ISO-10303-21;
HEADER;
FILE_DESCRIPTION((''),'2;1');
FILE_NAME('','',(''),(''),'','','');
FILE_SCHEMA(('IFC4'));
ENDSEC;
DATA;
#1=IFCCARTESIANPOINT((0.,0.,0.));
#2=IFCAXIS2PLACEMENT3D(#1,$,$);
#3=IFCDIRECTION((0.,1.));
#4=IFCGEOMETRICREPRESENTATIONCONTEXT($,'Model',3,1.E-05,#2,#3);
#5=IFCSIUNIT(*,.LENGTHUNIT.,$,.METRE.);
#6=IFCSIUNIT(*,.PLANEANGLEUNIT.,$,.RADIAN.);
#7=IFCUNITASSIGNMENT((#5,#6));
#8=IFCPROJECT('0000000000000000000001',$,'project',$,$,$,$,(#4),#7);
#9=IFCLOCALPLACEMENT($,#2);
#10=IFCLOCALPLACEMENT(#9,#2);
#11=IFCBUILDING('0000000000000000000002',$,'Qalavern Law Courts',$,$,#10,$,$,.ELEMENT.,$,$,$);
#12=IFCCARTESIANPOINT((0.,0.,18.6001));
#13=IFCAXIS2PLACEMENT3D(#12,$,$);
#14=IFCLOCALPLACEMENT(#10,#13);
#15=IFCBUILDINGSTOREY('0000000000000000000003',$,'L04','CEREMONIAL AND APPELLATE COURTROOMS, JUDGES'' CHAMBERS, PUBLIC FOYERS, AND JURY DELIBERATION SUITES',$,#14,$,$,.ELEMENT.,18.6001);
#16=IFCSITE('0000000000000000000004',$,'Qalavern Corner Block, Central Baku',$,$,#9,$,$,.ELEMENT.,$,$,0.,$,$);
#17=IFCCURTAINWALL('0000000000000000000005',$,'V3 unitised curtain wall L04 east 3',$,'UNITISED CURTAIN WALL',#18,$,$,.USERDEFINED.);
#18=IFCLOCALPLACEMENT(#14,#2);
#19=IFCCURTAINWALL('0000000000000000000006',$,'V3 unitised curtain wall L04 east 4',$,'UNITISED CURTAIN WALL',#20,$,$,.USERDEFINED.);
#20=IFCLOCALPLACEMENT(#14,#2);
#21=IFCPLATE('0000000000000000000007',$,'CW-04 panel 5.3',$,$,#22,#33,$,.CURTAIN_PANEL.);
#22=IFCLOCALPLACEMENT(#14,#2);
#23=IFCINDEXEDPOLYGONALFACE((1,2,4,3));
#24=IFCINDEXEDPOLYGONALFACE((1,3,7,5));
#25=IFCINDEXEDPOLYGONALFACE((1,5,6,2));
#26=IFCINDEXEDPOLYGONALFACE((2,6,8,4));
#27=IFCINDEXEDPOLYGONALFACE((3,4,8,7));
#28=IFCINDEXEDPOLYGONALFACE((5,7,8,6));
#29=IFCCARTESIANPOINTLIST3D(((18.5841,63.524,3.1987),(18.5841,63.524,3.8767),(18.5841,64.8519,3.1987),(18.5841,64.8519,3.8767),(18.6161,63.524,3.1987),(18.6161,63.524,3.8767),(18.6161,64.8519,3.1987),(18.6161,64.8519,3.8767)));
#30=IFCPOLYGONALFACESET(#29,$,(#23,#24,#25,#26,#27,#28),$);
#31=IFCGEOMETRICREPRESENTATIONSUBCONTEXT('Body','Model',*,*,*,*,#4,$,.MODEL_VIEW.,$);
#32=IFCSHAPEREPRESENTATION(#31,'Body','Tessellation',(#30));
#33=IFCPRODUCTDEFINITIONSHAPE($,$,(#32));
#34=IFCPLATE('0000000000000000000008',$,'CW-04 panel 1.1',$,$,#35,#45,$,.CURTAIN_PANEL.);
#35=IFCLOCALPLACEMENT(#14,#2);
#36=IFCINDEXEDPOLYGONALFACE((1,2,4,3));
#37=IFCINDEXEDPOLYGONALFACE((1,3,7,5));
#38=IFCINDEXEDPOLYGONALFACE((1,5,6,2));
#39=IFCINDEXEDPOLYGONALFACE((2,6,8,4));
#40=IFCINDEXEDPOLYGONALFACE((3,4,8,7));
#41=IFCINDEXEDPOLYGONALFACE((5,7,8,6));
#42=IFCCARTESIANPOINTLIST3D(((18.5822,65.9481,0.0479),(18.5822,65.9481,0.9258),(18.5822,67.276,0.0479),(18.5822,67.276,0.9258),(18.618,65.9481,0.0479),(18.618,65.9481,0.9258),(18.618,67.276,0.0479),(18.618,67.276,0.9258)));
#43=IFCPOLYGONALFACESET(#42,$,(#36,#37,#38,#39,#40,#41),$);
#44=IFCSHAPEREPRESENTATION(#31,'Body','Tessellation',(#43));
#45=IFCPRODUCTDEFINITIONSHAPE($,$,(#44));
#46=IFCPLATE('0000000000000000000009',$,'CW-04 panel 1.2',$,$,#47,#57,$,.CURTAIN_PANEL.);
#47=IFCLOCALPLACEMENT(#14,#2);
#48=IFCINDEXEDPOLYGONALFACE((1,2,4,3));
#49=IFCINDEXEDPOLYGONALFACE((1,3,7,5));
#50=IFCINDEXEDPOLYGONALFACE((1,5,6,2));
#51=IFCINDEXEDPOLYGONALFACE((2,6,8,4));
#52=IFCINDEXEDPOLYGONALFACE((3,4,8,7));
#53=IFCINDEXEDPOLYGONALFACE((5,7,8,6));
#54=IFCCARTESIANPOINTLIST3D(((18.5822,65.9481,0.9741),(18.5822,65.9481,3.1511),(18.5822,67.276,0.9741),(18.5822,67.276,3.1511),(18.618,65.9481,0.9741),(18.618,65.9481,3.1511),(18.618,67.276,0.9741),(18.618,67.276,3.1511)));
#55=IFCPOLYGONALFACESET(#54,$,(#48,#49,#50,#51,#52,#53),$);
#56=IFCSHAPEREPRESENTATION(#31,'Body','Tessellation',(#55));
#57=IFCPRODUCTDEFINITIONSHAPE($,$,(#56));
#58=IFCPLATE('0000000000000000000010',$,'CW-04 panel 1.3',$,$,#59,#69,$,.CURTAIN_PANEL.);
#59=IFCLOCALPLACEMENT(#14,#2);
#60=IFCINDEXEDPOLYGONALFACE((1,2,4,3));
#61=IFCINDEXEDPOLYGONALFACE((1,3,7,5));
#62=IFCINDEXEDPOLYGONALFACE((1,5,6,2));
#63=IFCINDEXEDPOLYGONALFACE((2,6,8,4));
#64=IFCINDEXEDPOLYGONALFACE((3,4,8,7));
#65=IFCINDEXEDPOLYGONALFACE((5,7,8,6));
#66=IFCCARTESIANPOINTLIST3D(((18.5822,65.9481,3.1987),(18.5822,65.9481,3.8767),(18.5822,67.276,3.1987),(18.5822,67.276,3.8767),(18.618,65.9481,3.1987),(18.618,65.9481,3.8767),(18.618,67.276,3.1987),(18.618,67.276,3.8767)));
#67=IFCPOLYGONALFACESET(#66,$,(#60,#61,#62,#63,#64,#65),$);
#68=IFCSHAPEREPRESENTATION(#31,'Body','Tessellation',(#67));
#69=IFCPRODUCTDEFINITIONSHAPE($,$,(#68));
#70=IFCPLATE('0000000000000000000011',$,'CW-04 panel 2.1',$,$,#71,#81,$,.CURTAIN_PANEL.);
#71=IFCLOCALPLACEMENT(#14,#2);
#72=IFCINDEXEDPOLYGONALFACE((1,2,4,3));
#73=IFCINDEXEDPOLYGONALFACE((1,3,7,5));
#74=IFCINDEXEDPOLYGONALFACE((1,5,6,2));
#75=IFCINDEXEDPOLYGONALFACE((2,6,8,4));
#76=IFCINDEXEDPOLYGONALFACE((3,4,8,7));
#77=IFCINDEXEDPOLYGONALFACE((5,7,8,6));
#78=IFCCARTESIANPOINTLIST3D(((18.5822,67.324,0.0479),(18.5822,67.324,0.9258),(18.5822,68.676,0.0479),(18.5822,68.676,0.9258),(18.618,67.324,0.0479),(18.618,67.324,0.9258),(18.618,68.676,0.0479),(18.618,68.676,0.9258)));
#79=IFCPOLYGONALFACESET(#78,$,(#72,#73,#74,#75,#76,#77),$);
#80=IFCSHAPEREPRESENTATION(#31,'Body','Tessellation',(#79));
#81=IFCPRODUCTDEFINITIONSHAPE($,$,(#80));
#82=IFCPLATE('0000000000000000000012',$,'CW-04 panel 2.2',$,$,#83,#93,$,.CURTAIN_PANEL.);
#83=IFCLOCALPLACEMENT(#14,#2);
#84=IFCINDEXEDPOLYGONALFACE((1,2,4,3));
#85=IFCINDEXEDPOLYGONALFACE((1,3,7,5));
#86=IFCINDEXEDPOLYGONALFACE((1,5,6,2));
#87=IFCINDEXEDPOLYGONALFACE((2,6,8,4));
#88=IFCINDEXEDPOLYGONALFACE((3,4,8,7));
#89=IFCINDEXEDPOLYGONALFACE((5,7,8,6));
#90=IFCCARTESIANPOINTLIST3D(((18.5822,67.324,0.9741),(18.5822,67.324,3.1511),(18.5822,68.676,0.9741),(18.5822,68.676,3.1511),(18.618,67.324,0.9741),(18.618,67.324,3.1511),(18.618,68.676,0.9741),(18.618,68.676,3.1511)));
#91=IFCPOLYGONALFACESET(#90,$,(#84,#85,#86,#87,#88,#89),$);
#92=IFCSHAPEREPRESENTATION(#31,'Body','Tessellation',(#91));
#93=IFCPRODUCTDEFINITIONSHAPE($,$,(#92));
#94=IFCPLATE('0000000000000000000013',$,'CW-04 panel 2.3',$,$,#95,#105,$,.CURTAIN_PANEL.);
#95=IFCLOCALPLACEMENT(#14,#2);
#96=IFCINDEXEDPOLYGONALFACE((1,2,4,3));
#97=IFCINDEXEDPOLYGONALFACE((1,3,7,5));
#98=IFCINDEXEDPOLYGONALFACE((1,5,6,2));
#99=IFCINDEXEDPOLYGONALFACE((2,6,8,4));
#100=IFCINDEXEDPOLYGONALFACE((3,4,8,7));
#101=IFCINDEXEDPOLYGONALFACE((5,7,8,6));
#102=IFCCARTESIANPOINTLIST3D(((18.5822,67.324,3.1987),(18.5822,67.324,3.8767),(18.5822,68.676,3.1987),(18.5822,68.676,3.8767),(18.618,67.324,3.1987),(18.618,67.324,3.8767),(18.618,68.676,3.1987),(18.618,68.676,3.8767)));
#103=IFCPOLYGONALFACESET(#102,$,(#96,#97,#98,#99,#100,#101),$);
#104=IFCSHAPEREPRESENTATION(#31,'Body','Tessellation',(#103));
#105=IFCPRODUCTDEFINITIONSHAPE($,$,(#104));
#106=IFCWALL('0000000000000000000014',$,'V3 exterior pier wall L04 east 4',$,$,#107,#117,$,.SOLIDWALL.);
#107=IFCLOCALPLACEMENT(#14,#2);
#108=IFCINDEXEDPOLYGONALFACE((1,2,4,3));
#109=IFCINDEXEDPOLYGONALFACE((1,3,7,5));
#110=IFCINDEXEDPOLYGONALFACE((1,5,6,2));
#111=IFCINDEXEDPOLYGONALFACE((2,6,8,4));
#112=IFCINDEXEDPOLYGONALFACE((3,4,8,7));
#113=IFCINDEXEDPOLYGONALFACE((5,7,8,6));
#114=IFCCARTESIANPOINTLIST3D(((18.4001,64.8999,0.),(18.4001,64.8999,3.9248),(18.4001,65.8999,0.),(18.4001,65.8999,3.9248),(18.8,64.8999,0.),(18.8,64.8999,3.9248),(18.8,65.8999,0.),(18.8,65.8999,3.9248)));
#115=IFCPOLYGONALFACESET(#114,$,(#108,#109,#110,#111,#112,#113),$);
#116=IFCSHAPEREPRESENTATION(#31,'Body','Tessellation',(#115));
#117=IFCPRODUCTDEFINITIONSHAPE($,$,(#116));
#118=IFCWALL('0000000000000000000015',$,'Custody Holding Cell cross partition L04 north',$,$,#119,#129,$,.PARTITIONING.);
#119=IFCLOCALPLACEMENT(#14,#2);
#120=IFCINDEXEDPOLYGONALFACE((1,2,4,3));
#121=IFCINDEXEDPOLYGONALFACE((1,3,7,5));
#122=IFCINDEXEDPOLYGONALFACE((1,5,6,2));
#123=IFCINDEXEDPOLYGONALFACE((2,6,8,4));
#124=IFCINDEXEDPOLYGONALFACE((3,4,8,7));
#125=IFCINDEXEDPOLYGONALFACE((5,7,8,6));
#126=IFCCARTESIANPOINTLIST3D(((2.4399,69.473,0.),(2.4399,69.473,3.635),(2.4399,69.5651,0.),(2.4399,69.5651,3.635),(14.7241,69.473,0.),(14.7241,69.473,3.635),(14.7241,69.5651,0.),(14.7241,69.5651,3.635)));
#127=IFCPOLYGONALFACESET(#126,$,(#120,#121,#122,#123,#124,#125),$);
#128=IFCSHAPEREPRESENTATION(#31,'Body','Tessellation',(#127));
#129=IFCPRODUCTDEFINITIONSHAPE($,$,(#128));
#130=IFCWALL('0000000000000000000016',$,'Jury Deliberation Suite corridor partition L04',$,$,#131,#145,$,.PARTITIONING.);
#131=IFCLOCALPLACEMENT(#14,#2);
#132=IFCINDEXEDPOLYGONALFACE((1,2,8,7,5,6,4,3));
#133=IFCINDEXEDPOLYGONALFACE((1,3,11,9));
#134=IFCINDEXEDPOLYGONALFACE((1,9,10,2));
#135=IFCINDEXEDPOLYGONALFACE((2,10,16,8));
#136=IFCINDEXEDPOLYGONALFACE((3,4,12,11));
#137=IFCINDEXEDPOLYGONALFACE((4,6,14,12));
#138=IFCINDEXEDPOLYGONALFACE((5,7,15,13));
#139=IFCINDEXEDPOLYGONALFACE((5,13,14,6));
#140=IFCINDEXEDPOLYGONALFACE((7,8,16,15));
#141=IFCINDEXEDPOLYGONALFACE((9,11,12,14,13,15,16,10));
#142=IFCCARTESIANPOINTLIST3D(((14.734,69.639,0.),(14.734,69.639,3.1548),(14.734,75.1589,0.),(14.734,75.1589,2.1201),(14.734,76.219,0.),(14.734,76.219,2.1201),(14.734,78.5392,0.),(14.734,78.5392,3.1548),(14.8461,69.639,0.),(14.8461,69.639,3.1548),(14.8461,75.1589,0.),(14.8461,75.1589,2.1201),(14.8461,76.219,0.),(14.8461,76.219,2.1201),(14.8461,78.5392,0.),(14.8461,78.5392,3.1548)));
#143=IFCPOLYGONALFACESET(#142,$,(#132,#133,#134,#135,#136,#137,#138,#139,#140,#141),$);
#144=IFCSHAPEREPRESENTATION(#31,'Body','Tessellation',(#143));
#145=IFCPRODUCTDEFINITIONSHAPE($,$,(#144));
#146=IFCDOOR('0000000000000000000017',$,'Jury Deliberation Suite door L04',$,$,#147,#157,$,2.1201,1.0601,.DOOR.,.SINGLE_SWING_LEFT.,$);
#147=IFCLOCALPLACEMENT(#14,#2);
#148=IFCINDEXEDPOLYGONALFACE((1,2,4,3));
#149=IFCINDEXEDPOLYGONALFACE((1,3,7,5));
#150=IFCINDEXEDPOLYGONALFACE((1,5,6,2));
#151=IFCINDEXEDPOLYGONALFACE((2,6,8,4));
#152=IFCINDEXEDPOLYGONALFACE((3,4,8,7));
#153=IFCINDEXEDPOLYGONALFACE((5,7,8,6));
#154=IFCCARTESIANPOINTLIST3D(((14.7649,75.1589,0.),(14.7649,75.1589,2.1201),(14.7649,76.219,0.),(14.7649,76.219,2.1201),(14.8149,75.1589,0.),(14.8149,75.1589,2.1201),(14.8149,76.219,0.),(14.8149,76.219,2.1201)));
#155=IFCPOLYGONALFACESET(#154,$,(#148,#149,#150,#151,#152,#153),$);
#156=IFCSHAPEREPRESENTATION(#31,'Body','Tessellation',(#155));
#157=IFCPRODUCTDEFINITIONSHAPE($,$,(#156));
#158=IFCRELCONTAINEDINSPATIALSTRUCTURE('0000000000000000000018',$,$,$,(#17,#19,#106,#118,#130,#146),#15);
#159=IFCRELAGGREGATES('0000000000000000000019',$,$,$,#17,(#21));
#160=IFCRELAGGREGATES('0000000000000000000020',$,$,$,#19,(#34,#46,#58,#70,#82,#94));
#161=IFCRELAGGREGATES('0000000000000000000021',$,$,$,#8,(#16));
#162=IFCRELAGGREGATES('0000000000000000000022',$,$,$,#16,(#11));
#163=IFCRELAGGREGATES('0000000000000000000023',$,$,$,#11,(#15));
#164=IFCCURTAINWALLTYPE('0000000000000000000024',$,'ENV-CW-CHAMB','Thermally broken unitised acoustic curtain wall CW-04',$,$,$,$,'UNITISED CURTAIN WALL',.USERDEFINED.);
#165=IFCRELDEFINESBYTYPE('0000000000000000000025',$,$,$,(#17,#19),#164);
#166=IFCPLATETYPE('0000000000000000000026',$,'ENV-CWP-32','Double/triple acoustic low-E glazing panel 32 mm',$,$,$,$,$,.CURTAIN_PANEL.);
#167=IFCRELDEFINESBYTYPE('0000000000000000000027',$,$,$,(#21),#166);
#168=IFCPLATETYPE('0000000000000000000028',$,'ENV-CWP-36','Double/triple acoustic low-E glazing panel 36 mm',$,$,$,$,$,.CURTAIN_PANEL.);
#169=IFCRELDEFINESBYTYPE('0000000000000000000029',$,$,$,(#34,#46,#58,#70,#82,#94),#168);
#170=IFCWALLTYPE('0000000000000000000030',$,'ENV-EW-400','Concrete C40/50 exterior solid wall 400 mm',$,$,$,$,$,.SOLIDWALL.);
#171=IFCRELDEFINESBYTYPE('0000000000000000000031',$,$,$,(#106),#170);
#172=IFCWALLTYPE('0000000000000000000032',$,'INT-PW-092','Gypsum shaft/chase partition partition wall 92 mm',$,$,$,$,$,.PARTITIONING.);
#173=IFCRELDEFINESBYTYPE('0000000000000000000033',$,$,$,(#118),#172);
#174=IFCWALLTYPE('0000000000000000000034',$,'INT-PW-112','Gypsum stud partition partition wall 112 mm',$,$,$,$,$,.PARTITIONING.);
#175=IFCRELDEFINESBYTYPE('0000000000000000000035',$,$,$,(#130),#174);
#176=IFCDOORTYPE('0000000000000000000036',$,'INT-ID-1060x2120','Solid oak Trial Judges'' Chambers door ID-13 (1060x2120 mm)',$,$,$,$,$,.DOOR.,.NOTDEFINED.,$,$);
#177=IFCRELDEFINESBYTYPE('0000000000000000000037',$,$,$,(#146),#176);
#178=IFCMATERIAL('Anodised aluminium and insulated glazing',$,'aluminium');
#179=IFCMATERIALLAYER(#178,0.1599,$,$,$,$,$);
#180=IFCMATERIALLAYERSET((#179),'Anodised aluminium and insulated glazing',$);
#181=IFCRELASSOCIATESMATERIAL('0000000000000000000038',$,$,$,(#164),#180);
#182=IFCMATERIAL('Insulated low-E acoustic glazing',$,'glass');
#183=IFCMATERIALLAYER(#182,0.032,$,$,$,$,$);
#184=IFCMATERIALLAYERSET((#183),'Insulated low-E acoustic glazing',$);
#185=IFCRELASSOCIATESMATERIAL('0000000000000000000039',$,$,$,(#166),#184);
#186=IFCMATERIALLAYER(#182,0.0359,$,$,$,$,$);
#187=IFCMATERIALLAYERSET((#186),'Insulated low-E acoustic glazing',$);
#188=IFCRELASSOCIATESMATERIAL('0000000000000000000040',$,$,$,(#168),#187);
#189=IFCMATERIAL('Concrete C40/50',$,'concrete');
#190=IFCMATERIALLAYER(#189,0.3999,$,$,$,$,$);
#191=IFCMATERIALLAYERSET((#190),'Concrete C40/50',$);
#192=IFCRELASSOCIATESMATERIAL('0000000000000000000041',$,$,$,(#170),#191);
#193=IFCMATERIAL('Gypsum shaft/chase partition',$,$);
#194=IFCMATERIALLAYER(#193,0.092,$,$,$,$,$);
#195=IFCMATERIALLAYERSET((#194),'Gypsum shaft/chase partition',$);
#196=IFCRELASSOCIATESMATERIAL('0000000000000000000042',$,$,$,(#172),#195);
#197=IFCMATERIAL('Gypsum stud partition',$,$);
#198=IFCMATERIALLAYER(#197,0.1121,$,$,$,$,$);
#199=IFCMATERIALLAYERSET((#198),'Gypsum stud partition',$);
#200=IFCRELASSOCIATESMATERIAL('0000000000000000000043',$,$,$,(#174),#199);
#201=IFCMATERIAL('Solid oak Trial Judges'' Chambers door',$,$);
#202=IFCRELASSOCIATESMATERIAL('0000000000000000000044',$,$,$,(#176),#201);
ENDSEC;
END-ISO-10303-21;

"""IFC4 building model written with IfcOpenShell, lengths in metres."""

from ifc_helpers import new_model, si_unit, direction, frame, frame_2d, origin, origin_2d, place, context, subcontext, project, spatial, rectangle, extrude, material, layer, layer_set, type_object, element, fill, aggregate, save


model = new_model("IFC4")

# Units and contexts
model_context = context("Model", 3, precision=1e-05, world=origin(), true_north=direction((0.0, 1.0)))
body_context = subcontext(model_context, "Body", "Model", "MODEL_VIEW")
ifc_project = project(units=[si_unit("LENGTHUNIT", "METRE"), si_unit("PLANEANGLEUNIT", "RADIAN")], contexts=[model_context])

# Site, building, storey
site_placement = place(None, origin())
site = spatial("IfcSite", under=ifc_project, at=site_placement, Name="Qalavern Corner Block, Central Baku", CompositionType="ELEMENT", RefElevation=0.0)
building_placement = place(site_placement, origin())
building = spatial("IfcBuilding", under=site, at=building_placement, Name="Qalavern Law Courts", CompositionType="ELEMENT")
storey_placement = place(building_placement, frame((0.0, 0.0, 18.6001)))
storey = spatial("IfcBuildingStorey", under=building, at=storey_placement, Name="L04", Description="CEREMONIAL AND APPELLATE COURTROOMS, JUDGES' CHAMBERS, PUBLIC FOYERS, AND JURY DELIBERATION SUITES", CompositionType="ELEMENT", Elevation=18.6001)

# Curtain wall
ifc_material_1 = material(Name="Anodised aluminium and insulated glazing", Category="aluminium")
ifc_layer_1 = layer(ifc_material_1, 0.1599)
ifc_layer_set_1 = layer_set([ifc_layer_1], Name="Anodised aluminium and insulated glazing")
curtain_wall_type = type_object("IfcCurtainWallType", Name="ENV-CW-CHAMB", Description="Thermally broken unitised acoustic curtain wall CW-04", ElementType="UNITISED CURTAIN WALL", PredefinedType="USERDEFINED", material=ifc_layer_set_1)
curtain_wall_1_placement = place(storey_placement, origin())
curtain_wall_1 = element("IfcCurtainWall", 1, at=curtain_wall_1_placement, inside=storey, type_object=curtain_wall_type, Name="V3 unitised curtain wall L04 east 3", ObjectType="UNITISED CURTAIN WALL", PredefinedType="USERDEFINED")

# Curtain wall
curtain_wall_2_placement = place(storey_placement, origin())
curtain_wall_2 = element("IfcCurtainWall", 2, at=curtain_wall_2_placement, inside=storey, type_object=curtain_wall_type, Name="V3 unitised curtain wall L04 east 4", ObjectType="UNITISED CURTAIN WALL", PredefinedType="USERDEFINED")

# Shared definitions
ifc_material_2 = material(Name="Concrete C40/50", Category="concrete")

# Plates
ifc_material_3 = material(Name="Insulated low-E acoustic glazing", Category="glass")
ifc_layer_2 = layer(ifc_material_3, 0.032)
ifc_layer_set_2 = layer_set([ifc_layer_2], Name="Insulated low-E acoustic glazing")
plate_type_1 = type_object("IfcPlateType", Name="ENV-CWP-32", Description="Double/triple acoustic low-E glazing panel 32 mm", PredefinedType="CURTAIN_PANEL", material=ifc_layer_set_2)
plate_1_placement = place(storey_placement, frame((18.6001, 64.188, 3.1987), z_axis=(0.0, 0.0, 1.0), x_axis=(0.0, 1.0, 0.0)))
plate_1 = element("IfcPlate", 3, at=plate_1_placement, type_object=plate_type_1, Name="CW-04 panel 5.3", PredefinedType="CURTAIN_PANEL", context=body_context, shape_type="SweptSolid", body=[
    extrude(rectangle(XDim=1.3279, YDim=0.032, at=origin_2d()), origin(), (0.0, 0.0, 1.0), 0.678),
])
aggregate(curtain_wall_1, [plate_1])
ifc_layer_3 = layer(ifc_material_3, 0.0359)
ifc_layer_set_3 = layer_set([ifc_layer_3], Name="Insulated low-E acoustic glazing")
plate_type_2 = type_object("IfcPlateType", Name="ENV-CWP-36", Description="Double/triple acoustic low-E glazing panel 36 mm", PredefinedType="CURTAIN_PANEL", material=ifc_layer_set_3)
plate_2_placement = place(storey_placement, frame((18.6001, 66.6121, 0.0479), z_axis=(0.0, 0.0, 1.0), x_axis=(0.0, 1.0, 0.0)))
plate_2 = element("IfcPlate", 4, at=plate_2_placement, type_object=plate_type_2, Name="CW-04 panel 1.1", PredefinedType="CURTAIN_PANEL", context=body_context, shape_type="SweptSolid", body=[
    extrude(rectangle(XDim=1.3279, YDim=0.0359, at=origin_2d()), origin(), (0.0, 0.0, 1.0), 0.8779),
])
plate_3_placement = place(storey_placement, frame((18.6001, 66.6121, 0.9741), z_axis=(0.0, 0.0, 1.0), x_axis=(0.0, 1.0, 0.0)))
plate_3 = element("IfcPlate", 5, at=plate_3_placement, type_object=plate_type_2, Name="CW-04 panel 1.2", PredefinedType="CURTAIN_PANEL", context=body_context, shape_type="SweptSolid", body=[
    extrude(rectangle(XDim=1.3279, YDim=0.0359, at=origin_2d()), origin(), (0.0, 0.0, 1.0), 2.177),
])
plate_4_placement = place(storey_placement, frame((18.6001, 66.6121, 3.1987), z_axis=(0.0, 0.0, 1.0), x_axis=(0.0, 1.0, 0.0)))
plate_4 = element("IfcPlate", 6, at=plate_4_placement, type_object=plate_type_2, Name="CW-04 panel 1.3", PredefinedType="CURTAIN_PANEL", context=body_context, shape_type="SweptSolid", body=[
    extrude(rectangle(XDim=1.3279, YDim=0.0359, at=origin_2d()), origin(), (0.0, 0.0, 1.0), 0.678),
])
plate_5_placement = place(storey_placement, frame((18.6001, 68.0, 0.0479), z_axis=(0.0, 0.0, 1.0), x_axis=(0.0, 1.0, 0.0)))
plate_5 = element("IfcPlate", 7, at=plate_5_placement, type_object=plate_type_2, Name="CW-04 panel 2.1", PredefinedType="CURTAIN_PANEL", context=body_context, shape_type="SweptSolid", body=[
    extrude(rectangle(XDim=1.3521, YDim=0.0359, at=origin_2d()), origin(), (0.0, 0.0, 1.0), 0.8779),
])
plate_6_placement = place(storey_placement, frame((18.6001, 68.0, 0.9741), z_axis=(0.0, 0.0, 1.0), x_axis=(0.0, 1.0, 0.0)))
plate_6 = element("IfcPlate", 8, at=plate_6_placement, type_object=plate_type_2, Name="CW-04 panel 2.2", PredefinedType="CURTAIN_PANEL", context=body_context, shape_type="SweptSolid", body=[
    extrude(rectangle(XDim=1.3521, YDim=0.0359, at=origin_2d()), origin(), (0.0, 0.0, 1.0), 2.177),
])
plate_7_placement = place(storey_placement, frame((18.6001, 68.0, 3.1987), z_axis=(0.0, 0.0, 1.0), x_axis=(0.0, 1.0, 0.0)))
plate_7 = element("IfcPlate", 9, at=plate_7_placement, type_object=plate_type_2, Name="CW-04 panel 2.3", PredefinedType="CURTAIN_PANEL", context=body_context, shape_type="SweptSolid", body=[
    extrude(rectangle(XDim=1.3521, YDim=0.0359, at=origin_2d()), origin(), (0.0, 0.0, 1.0), 0.678),
])
aggregate(curtain_wall_2, [plate_2, plate_3, plate_4, plate_5, plate_6, plate_7])

# Walls
ifc_layer_4 = layer(ifc_material_2, 0.3999)
ifc_layer_set_4 = layer_set([ifc_layer_4], Name="Concrete C40/50")
wall_type_1 = type_object("IfcWallType", Name="ENV-EW-400", Description="Concrete C40/50 exterior solid wall 400 mm", PredefinedType="SOLIDWALL", material=ifc_layer_set_4)
wall_1_placement = place(storey_placement, frame((18.6001, 64.8999, 0.0), z_axis=(0.0, 0.0, 1.0), x_axis=(0.0, 1.0, 0.0)))
element("IfcWall", 10, at=wall_1_placement, inside=storey, type_object=wall_type_1, Name="V3 exterior pier wall L04 east 4", PredefinedType="SOLIDWALL", context=body_context, shape_type="SweptSolid", body=[
    extrude(rectangle(XDim=1.0, YDim=0.3999, at=frame_2d((0.5, 0.0))), origin(), (0.0, 0.0, 1.0), 3.9248),
])
ifc_material_4 = material(Name="Gypsum shaft/chase partition")
ifc_layer_5 = layer(ifc_material_4, 0.092)
ifc_layer_set_5 = layer_set([ifc_layer_5], Name="Gypsum shaft/chase partition")
wall_type_2 = type_object("IfcWallType", Name="INT-PW-092", Description="Gypsum shaft/chase partition partition wall 92 mm", PredefinedType="PARTITIONING", material=ifc_layer_set_5)
wall_2_placement = place(storey_placement, frame((2.4399, 69.519, 0.0), z_axis=(0.0, 0.0, 1.0), x_axis=(1.0, 0.0, 0.0)))
element("IfcWall", 11, at=wall_2_placement, inside=storey, type_object=wall_type_2, Name="Custody Holding Cell cross partition L04 north", PredefinedType="PARTITIONING", context=body_context, shape_type="SweptSolid", body=[
    extrude(rectangle(XDim=12.2842, YDim=0.092, at=frame_2d((6.1421, 0.0))), origin(), (0.0, 0.0, 1.0), 3.635),
])

# Wall, opening, door
ifc_material_5 = material(Name="Gypsum stud partition")
ifc_layer_6 = layer(ifc_material_5, 0.1121)
ifc_layer_set_6 = layer_set([ifc_layer_6], Name="Gypsum stud partition")
wall_type_3 = type_object("IfcWallType", Name="INT-PW-112", Description="Gypsum stud partition partition wall 112 mm", PredefinedType="PARTITIONING", material=ifc_layer_set_6)
wall_3_placement = place(storey_placement, frame((14.79, 69.6389, 0.0), z_axis=(0.0, 0.0, 1.0), x_axis=(0.0, 1.0, 0.0)))
wall_3 = element("IfcWall", 12, at=wall_3_placement, inside=storey, type_object=wall_type_3, Name="Jury Deliberation Suite corridor partition L04", PredefinedType="PARTITIONING", context=body_context, shape_type="SweptSolid", body=[
    extrude(rectangle(XDim=8.9001, YDim=0.1121, at=frame_2d((4.4502, 0.0))), origin(), (0.0, 0.0, 1.0), 3.1548),
])
opening_placement = place(wall_3_placement, frame((5.52, 0.0, 0.0)))
opening = element("IfcOpeningElement", 13, at=opening_placement, cuts=wall_3, PredefinedType="OPENING", context=body_context, shape_type="SweptSolid", body=[
    extrude(rectangle(XDim=1.0601, YDim=2.1201, at=frame_2d((0.53, 1.0601))), frame((0.0, 0.0708, 0.0), z_axis=(0.0, -1.0, 0.0), x_axis=(1.0, 0.0, 0.0)), (0.0, 0.0, 1.0), 0.1418),
])
ifc_material_6 = material(Name="Solid oak Trial Judges' Chambers door")
door_type = type_object("IfcDoorType", Name="INT-ID-1060x2120", Description="Solid oak Trial Judges' Chambers door ID-13 (1060x2120 mm)", OperationType="NOTDEFINED", PredefinedType="DOOR", material=ifc_material_6)
door_placement = place(opening_placement, frame((1.0601, 0.0, 0.0), z_axis=(0.0, 0.0, 1.0), x_axis=(-1.0, 0.0, 0.0)))
door = element("IfcDoor", 14, at=door_placement, inside=storey, type_object=door_type, Name="Jury Deliberation Suite door L04", OperationType="SINGLE_SWING_LEFT", OverallHeight=2.1201, OverallWidth=1.0601, PredefinedType="DOOR", context=body_context, shape_type="SweptSolid", body=[
    extrude(rectangle(XDim=1.0601, YDim=2.1201, at=frame_2d((0.53, 1.0601))), frame((0.0, 0.0249, 0.0), z_axis=(0.0, -1.0, 0.0), x_axis=(1.0, 0.0, 0.0)), (0.0, 0.0, 1.0), 0.05),
])
fill(opening, door)

save(model, "model.ifc")
